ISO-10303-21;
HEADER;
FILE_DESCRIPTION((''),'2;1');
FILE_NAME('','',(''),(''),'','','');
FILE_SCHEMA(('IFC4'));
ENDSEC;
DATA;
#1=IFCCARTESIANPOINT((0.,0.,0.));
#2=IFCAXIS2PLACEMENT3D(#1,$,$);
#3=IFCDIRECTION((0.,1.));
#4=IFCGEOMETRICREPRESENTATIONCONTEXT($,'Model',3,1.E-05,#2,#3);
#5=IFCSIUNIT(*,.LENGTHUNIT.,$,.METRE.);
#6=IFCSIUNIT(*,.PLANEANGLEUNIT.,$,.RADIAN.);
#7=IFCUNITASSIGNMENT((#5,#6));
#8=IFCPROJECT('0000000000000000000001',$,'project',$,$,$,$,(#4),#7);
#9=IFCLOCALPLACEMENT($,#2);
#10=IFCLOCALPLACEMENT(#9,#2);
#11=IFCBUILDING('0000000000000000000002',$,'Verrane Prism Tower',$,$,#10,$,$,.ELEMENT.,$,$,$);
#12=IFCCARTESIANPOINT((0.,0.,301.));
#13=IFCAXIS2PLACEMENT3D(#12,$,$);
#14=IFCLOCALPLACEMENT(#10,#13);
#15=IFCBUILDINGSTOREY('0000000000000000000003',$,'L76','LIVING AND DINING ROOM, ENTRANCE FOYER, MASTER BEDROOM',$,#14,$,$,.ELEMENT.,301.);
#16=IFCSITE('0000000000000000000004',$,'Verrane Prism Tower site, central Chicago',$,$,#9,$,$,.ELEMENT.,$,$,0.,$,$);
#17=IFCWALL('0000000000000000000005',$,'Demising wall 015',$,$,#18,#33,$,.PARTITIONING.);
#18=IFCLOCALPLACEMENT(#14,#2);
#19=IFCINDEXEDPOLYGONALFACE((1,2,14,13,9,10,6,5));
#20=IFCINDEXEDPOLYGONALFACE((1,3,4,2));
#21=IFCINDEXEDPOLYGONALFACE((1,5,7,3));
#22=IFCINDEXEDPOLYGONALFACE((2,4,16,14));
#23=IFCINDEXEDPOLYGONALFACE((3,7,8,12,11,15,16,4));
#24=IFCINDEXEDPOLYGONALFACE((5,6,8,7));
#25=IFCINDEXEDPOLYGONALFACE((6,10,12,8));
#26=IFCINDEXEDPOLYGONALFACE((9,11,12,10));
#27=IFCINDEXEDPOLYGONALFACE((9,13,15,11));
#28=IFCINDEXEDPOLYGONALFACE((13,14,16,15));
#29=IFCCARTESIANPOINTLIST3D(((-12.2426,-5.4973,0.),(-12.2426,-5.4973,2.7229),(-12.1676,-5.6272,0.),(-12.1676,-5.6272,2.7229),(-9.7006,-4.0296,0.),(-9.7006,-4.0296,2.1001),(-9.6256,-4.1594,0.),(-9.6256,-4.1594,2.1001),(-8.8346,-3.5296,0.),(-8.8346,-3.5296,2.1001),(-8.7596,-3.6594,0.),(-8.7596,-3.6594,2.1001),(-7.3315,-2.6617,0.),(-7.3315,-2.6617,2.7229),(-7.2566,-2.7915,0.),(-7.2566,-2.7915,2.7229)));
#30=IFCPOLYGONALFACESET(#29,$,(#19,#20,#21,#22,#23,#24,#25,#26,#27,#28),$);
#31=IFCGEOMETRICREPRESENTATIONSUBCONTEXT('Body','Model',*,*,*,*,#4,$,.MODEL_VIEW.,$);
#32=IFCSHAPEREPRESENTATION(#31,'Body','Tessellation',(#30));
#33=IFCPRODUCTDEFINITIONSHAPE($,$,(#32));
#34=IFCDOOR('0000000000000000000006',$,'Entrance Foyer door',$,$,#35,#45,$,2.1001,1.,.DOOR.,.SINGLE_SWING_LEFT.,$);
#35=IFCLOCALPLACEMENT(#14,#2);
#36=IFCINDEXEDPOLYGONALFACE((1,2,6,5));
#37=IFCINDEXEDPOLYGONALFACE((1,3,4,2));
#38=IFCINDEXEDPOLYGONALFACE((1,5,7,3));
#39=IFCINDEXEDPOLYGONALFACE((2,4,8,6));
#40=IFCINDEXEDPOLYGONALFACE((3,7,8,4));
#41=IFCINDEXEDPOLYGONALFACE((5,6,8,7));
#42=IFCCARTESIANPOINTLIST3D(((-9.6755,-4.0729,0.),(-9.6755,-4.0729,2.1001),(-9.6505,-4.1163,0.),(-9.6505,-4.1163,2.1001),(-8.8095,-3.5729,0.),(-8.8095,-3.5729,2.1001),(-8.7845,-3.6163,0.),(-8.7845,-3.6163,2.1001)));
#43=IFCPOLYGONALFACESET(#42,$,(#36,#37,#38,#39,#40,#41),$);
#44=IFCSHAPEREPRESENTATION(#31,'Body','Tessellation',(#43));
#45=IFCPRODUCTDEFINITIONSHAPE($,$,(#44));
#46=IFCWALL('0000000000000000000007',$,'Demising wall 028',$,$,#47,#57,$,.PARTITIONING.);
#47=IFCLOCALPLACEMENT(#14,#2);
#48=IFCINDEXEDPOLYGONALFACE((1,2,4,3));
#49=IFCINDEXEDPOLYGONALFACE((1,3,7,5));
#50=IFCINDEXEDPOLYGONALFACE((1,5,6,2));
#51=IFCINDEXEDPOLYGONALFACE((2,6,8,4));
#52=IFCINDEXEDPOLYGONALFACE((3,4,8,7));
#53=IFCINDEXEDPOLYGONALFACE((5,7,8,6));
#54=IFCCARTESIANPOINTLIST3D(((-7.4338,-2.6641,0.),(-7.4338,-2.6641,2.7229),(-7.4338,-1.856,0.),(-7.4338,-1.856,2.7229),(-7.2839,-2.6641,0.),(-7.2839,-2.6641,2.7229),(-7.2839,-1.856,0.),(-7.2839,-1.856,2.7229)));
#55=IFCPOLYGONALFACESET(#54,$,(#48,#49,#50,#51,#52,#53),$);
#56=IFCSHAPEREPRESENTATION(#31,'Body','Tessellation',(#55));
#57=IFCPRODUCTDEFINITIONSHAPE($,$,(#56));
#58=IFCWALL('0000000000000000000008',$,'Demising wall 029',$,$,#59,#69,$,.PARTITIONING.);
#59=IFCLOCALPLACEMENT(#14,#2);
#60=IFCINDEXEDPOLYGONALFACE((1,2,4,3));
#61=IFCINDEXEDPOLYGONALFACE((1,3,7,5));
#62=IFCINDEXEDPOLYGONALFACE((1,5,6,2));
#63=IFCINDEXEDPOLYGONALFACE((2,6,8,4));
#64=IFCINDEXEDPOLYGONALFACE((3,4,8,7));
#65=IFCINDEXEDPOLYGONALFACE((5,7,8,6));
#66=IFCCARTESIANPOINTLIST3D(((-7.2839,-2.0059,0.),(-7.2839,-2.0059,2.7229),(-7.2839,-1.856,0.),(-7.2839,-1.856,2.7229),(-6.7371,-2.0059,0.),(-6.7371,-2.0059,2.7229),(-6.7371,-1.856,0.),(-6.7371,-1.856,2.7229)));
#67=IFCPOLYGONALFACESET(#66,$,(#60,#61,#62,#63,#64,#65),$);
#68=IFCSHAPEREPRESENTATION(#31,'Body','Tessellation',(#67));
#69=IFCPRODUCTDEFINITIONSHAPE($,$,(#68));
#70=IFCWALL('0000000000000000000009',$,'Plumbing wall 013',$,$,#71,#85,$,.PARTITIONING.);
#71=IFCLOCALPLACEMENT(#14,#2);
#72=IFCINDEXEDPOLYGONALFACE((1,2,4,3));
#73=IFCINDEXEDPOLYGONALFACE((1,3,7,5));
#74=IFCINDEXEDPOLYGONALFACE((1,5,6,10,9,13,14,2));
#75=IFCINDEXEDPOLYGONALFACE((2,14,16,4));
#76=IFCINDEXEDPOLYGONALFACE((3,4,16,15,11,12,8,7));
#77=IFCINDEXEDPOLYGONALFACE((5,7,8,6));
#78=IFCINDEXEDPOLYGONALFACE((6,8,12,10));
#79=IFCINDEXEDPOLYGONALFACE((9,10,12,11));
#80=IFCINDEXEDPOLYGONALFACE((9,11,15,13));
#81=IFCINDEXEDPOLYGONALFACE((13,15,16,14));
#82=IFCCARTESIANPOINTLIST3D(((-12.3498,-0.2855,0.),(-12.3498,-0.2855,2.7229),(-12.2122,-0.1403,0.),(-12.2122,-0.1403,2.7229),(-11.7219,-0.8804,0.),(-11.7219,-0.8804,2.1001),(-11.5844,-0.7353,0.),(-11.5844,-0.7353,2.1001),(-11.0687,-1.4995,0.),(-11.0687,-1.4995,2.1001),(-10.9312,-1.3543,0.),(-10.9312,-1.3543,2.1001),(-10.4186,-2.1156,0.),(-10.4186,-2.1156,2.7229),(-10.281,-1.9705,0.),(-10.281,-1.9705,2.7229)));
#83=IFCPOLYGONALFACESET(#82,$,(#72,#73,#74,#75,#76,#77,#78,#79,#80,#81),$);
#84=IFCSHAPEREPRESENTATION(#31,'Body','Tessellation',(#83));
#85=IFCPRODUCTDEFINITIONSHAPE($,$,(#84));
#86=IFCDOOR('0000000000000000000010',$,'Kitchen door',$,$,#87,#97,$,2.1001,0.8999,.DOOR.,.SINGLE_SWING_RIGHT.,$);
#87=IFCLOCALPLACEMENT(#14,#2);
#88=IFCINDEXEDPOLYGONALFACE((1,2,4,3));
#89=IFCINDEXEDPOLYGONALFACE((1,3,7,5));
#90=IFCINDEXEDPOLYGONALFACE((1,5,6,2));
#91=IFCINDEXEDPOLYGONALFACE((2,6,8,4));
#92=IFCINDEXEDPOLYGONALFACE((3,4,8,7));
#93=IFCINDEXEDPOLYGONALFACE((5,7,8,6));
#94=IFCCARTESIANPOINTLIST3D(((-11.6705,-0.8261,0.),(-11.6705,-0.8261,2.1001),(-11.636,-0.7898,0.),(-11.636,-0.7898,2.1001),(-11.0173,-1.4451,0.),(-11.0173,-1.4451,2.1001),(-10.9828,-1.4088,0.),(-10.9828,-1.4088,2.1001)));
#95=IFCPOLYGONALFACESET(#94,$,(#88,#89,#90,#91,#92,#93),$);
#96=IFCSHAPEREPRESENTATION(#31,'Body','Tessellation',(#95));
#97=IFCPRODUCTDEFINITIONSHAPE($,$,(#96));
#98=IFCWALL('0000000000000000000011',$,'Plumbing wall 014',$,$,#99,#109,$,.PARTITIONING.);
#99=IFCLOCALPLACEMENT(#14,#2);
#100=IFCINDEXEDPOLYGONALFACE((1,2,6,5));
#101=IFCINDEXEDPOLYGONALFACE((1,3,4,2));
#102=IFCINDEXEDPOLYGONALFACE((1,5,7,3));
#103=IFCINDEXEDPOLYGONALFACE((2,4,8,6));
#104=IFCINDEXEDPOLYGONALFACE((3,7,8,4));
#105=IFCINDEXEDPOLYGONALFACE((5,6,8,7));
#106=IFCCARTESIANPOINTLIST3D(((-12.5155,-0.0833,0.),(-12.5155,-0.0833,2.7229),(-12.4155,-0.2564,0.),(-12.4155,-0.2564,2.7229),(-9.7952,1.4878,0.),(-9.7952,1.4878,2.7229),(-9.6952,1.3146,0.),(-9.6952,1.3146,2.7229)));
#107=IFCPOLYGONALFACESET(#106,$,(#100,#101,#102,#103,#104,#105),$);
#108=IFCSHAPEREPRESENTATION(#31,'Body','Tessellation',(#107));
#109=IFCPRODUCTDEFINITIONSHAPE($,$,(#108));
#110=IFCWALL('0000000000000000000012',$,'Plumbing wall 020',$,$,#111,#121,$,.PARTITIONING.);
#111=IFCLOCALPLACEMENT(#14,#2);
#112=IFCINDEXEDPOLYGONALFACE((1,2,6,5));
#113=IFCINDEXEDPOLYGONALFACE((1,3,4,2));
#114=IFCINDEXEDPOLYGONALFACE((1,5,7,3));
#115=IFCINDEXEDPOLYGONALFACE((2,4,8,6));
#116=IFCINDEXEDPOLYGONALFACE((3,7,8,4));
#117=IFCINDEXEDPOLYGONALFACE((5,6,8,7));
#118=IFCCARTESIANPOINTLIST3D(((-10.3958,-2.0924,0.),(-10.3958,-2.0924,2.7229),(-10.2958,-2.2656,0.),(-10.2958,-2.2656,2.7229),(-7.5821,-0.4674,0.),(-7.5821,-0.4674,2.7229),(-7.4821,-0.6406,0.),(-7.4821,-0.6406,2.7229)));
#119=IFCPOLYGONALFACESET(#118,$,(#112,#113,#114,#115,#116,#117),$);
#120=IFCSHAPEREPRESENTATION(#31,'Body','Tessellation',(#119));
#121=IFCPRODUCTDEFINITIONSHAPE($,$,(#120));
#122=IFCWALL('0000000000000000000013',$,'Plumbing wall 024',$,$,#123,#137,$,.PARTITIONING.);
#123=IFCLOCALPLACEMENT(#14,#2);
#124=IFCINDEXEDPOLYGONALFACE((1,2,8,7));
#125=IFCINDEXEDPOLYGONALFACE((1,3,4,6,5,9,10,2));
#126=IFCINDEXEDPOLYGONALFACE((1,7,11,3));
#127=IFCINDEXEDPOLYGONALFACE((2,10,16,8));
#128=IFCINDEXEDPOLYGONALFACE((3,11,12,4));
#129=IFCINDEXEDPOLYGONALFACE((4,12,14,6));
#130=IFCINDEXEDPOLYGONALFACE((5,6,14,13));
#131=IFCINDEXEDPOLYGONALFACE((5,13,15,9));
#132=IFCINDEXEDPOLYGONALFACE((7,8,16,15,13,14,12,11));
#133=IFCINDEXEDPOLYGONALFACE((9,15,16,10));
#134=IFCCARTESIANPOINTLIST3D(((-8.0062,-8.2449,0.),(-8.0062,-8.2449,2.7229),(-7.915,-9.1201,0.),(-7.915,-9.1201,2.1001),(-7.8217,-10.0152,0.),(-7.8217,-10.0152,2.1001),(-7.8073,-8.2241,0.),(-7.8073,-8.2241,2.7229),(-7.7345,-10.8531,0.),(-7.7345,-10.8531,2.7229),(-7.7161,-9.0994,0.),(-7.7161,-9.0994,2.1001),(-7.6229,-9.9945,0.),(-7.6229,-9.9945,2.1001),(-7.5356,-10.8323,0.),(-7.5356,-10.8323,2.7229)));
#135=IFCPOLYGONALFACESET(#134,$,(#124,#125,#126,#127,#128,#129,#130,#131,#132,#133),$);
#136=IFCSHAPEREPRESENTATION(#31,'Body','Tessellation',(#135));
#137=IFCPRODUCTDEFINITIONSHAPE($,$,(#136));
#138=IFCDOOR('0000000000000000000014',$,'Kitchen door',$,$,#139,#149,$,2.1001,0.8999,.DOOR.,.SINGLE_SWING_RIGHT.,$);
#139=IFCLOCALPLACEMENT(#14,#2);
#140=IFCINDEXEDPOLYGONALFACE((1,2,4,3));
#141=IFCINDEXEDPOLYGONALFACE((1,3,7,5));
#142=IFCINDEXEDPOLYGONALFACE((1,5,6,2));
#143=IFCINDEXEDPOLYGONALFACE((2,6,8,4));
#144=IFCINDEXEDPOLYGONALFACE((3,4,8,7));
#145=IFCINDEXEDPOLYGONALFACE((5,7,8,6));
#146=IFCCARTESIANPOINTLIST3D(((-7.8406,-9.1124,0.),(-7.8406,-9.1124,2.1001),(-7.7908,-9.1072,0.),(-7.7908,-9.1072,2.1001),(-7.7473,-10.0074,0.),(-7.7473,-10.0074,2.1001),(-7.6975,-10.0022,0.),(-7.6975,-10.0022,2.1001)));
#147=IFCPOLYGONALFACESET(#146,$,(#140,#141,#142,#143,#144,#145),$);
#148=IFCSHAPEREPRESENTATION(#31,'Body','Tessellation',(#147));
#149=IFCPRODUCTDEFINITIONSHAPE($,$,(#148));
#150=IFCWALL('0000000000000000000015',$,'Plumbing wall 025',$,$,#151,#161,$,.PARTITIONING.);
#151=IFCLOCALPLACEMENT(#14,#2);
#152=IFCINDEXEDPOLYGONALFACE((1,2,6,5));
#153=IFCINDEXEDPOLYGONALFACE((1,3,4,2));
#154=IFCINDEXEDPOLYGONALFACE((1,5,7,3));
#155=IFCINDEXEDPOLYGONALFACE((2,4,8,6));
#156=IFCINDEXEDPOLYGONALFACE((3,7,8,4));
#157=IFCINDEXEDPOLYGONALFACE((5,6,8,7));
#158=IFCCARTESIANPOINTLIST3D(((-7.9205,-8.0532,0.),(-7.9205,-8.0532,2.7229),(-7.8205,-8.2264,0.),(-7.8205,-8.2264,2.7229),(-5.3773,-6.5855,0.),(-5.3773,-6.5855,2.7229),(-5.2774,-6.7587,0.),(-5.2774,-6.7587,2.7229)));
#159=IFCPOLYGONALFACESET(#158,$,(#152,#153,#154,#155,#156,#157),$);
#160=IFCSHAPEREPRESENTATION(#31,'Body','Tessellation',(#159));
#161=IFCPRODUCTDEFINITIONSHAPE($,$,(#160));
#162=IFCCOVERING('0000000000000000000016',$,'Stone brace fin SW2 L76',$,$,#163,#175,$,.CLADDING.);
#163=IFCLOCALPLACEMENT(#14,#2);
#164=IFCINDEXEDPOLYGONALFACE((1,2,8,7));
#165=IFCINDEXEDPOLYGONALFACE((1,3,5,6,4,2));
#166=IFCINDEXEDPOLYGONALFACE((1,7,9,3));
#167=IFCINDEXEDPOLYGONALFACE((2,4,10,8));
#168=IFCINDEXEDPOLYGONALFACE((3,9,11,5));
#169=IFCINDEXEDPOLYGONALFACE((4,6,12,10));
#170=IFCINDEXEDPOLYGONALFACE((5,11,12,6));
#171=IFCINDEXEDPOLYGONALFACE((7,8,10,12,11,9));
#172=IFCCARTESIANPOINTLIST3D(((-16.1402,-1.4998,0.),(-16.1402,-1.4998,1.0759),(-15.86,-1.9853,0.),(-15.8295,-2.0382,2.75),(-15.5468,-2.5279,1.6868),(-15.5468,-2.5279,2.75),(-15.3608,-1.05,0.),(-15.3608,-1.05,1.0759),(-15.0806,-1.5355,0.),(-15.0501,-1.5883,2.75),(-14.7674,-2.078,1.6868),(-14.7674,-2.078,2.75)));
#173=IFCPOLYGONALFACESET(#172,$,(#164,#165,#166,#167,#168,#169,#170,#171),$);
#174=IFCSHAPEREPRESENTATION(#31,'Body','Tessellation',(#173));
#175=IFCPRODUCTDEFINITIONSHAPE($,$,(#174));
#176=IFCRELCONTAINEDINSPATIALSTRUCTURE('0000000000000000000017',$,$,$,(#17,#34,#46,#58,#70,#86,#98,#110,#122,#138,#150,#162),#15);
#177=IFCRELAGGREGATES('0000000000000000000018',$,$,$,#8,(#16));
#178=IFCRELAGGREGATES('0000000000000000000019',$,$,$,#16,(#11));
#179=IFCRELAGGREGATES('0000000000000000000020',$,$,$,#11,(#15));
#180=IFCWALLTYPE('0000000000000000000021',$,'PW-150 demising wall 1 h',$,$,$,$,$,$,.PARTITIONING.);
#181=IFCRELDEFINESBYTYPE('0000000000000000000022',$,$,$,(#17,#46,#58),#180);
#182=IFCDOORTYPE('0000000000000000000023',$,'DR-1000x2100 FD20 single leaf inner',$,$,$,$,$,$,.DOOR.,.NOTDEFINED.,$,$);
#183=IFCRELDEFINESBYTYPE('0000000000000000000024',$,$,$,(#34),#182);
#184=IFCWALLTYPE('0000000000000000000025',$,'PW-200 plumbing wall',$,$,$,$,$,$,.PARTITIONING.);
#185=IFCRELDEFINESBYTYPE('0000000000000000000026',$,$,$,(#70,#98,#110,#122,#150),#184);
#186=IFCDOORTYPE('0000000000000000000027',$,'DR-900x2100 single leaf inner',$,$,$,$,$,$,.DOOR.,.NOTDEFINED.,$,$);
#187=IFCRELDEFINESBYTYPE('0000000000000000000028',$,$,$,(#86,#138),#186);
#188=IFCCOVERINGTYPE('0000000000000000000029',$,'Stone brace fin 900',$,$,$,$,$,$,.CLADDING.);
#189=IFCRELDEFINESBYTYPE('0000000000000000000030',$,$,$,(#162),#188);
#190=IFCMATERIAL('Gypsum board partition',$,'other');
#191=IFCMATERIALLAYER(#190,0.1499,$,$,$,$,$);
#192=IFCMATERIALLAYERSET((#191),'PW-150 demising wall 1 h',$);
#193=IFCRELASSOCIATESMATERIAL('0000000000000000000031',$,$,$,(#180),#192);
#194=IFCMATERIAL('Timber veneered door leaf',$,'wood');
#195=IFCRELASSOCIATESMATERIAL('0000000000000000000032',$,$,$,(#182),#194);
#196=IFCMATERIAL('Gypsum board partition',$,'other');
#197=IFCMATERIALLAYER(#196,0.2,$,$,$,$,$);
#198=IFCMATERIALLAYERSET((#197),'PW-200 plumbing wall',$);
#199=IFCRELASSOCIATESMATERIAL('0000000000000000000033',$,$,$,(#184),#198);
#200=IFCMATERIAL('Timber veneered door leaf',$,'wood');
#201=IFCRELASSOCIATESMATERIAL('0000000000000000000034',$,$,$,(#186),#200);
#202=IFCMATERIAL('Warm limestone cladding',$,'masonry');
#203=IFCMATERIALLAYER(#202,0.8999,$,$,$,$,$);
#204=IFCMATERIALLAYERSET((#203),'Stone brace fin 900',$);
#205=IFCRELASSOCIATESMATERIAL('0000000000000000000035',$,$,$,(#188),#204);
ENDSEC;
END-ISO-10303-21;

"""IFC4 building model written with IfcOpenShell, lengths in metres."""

from ifc_helpers import new_model, si_unit, direction, frame, frame_2d, origin, place, context, subcontext, project, spatial, polyline, rectangle, outline, extrude, material, layer, layer_set, type_object, element, fill, save


model = new_model("IFC4")

# Units and contexts
model_context = context("Model", 3, precision=1e-05, world=origin(), true_north=direction((0.0, 1.0)))
body_context = subcontext(model_context, "Body", "Model", "MODEL_VIEW")
ifc_project = project(units=[si_unit("LENGTHUNIT", "METRE"), si_unit("PLANEANGLEUNIT", "RADIAN")], contexts=[model_context])

# Site, building, storey
site_placement = place(None, origin())
site = spatial("IfcSite", under=ifc_project, at=site_placement, Name="Verrane Prism Tower site, central Chicago", CompositionType="ELEMENT", RefElevation=0.0)
building_placement = place(site_placement, origin())
building = spatial("IfcBuilding", under=site, at=building_placement, Name="Verrane Prism Tower", CompositionType="ELEMENT")
storey_placement = place(building_placement, frame((0.0, 0.0, 301.0)))
storey = spatial("IfcBuildingStorey", under=building, at=storey_placement, Name="L76", Description="LIVING AND DINING ROOM, ENTRANCE FOYER, MASTER BEDROOM", CompositionType="ELEMENT", Elevation=301.0)

# Wall, opening, door
ifc_material_1 = material(Name="Gypsum board partition", Category="other")
ifc_layer_1 = layer(ifc_material_1, 0.1499)
ifc_layer_set_1 = layer_set([ifc_layer_1], Name="PW-150 demising wall 1 h")
wall_type_1 = type_object("IfcWallType", Name="PW-150 demising wall 1 h", PredefinedType="PARTITIONING", material=ifc_layer_set_1)
wall_1_placement = place(storey_placement, frame((-12.2051, -5.5623, 0.0), z_axis=(0.0, 0.0, 1.0), x_axis=(0.866006, 0.500033, 0.0)))
wall_1 = element("IfcWall", 1, at=wall_1_placement, inside=storey, type_object=wall_type_1, Name="Demising wall 015", PredefinedType="PARTITIONING", context=body_context, shape_type="SweptSolid", body=[
    extrude(rectangle(XDim=5.6709, YDim=0.1499, at=frame_2d((2.8354, 0.0))), origin(), (0.0, 0.0, 1.0), 2.7229),
])
opening_1_placement = place(wall_1_placement, frame((2.9353, 0.0, 0.0)))
opening_1 = element("IfcOpeningElement", 2, at=opening_1_placement, cuts=wall_1, PredefinedType="OPENING", context=body_context, shape_type="SweptSolid", body=[
    extrude(rectangle(XDim=1.0, YDim=2.1001, at=frame_2d((0.5, 1.05))), frame((0.0, 0.085, 0.0), z_axis=(0.0, -1.0, 0.0), x_axis=(1.0, 0.0, 0.0)), (0.0, 0.0, 1.0), 0.1699),
])
ifc_material_2 = material(Name="Timber veneered door leaf", Category="wood")
door_type_1 = type_object("IfcDoorType", Name="DR-1000x2100 FD20 single leaf inner", OperationType="NOTDEFINED", PredefinedType="DOOR", material=ifc_material_2)
door_1_placement = place(opening_1_placement, origin())
door_1 = element("IfcDoor", 3, at=door_1_placement, inside=storey, type_object=door_type_1, Name="Entrance Foyer door", OperationType="SINGLE_SWING_LEFT", OverallHeight=2.1001, OverallWidth=1.0, PredefinedType="DOOR", context=body_context, shape_type="SweptSolid", body=[
    extrude(rectangle(XDim=1.0, YDim=2.1001, at=frame_2d((0.5, 1.05))), frame((0.0, 0.0249, 0.0), z_axis=(0.0, -1.0, 0.0), x_axis=(1.0, 0.0, 0.0)), (0.0, 0.0, 1.0), 0.05),
])
fill(opening_1, door_1)

# Walls
wall_2_placement = place(storey_placement, frame((-7.3589, -2.6641, 0.0), z_axis=(0.0, 0.0, 1.0), x_axis=(0.0, 1.0, 0.0)))
element("IfcWall", 4, at=wall_2_placement, inside=storey, type_object=wall_type_1, Name="Demising wall 028", PredefinedType="PARTITIONING", context=body_context, shape_type="SweptSolid", body=[
    extrude(rectangle(XDim=0.8081, YDim=0.1499, at=frame_2d((0.4041, 0.0))), origin(), (0.0, 0.0, 1.0), 2.7229),
])
wall_3_placement = place(storey_placement, frame((-7.2839, -1.9309, 0.0), z_axis=(0.0, 0.0, 1.0), x_axis=(1.0, 0.0, 0.0)))
element("IfcWall", 5, at=wall_3_placement, inside=storey, type_object=wall_type_1, Name="Demising wall 029", PredefinedType="PARTITIONING", context=body_context, shape_type="SweptSolid", body=[
    extrude(rectangle(XDim=0.5469, YDim=0.1499, at=frame_2d((0.2734, 0.0))), origin(), (0.0, 0.0, 1.0), 2.7229),
])

# Wall, opening, door
ifc_material_3 = material(Name="Gypsum board partition", Category="other")
ifc_layer_2 = layer(ifc_material_3, 0.2)
ifc_layer_set_2 = layer_set([ifc_layer_2], Name="PW-200 plumbing wall")
wall_type_2 = type_object("IfcWallType", Name="PW-200 plumbing wall", PredefinedType="PARTITIONING", material=ifc_layer_set_2)
wall_4_placement = place(storey_placement, frame((-12.281, -0.2129, 0.0), z_axis=(0.0, 0.0, 1.0), x_axis=(0.725847, -0.687857, 0.0)))
wall_4 = element("IfcWall", 6, at=wall_4_placement, inside=storey, type_object=wall_type_2, Name="Plumbing wall 013", PredefinedType="PARTITIONING", context=body_context, shape_type="SweptSolid", body=[
    extrude(rectangle(XDim=2.6606, YDim=0.2, at=frame_2d((1.3303, 0.0))), origin(), (0.0, 0.0, 1.0), 2.7229),
])
opening_2_placement = place(wall_4_placement, frame((0.865, 0.0, 0.0)))
opening_2 = element("IfcOpeningElement", 7, at=opening_2_placement, cuts=wall_4, PredefinedType="OPENING", context=body_context, shape_type="SweptSolid", body=[
    extrude(rectangle(XDim=0.8999, YDim=2.1001, at=frame_2d((0.45, 1.05))), frame((0.0, 0.1099, 0.0), z_axis=(0.0, -1.0, 0.0), x_axis=(1.0, 0.0, 0.0)), (0.0, 0.0, 1.0), 0.22),
])
ifc_material_4 = material(Name="Timber veneered door leaf", Category="wood")
door_type_2 = type_object("IfcDoorType", Name="DR-900x2100 single leaf inner", OperationType="NOTDEFINED", PredefinedType="DOOR", material=ifc_material_4)
door_2_placement = place(opening_2_placement, origin())
door_2 = element("IfcDoor", 8, at=door_2_placement, inside=storey, type_object=door_type_2, Name="Kitchen door", OperationType="SINGLE_SWING_RIGHT", OverallHeight=2.1001, OverallWidth=0.8999, PredefinedType="DOOR", context=body_context, shape_type="SweptSolid", body=[
    extrude(rectangle(XDim=0.8999, YDim=2.1001, at=frame_2d((0.45, 1.05))), frame((0.0, 0.0249, 0.0), z_axis=(0.0, -1.0, 0.0), x_axis=(1.0, 0.0, 0.0)), (0.0, 0.0, 1.0), 0.05),
])
fill(opening_2, door_2)

# Walls
wall_5_placement = place(storey_placement, frame((-12.4656, -0.1699, 0.0), z_axis=(0.0, 0.0, 1.0), x_axis=(0.865953, 0.500126, 0.0)))
element("IfcWall", 9, at=wall_5_placement, inside=storey, type_object=wall_type_2, Name="Plumbing wall 014", PredefinedType="PARTITIONING", context=body_context, shape_type="SweptSolid", body=[
    extrude(rectangle(XDim=3.1414, YDim=0.2, at=frame_2d((1.5708, 0.0))), origin(), (0.0, 0.0, 1.0), 2.7229),
])
wall_6_placement = place(storey_placement, frame((-10.3457, -2.179, 0.0), z_axis=(0.0, 0.0, 1.0), x_axis=(0.865959, 0.500115, 0.0)))
element("IfcWall", 10, at=wall_6_placement, inside=storey, type_object=wall_type_2, Name="Plumbing wall 020", PredefinedType="PARTITIONING", context=body_context, shape_type="SweptSolid", body=[
    extrude(rectangle(XDim=3.2493, YDim=0.2, at=frame_2d((1.6245, 0.0))), origin(), (0.0, 0.0, 1.0), 2.7229),
])

# Wall, opening, door
wall_7_placement = place(storey_placement, frame((-7.9067, -8.2346, 0.0), z_axis=(0.0, 0.0, 1.0), x_axis=(0.103623, -0.994617, 0.0)))
wall_7 = element("IfcWall", 11, at=wall_7_placement, inside=storey, type_object=wall_type_2, Name="Plumbing wall 024", PredefinedType="PARTITIONING", context=body_context, shape_type="SweptSolid", body=[
    extrude(rectangle(XDim=2.6223, YDim=0.2, at=frame_2d((1.311, 0.0))), origin(), (0.0, 0.0, 1.0), 2.7229),
])
opening_3_placement = place(wall_7_placement, frame((0.8799, 0.0, 0.0)))
opening_3 = element("IfcOpeningElement", 12, at=opening_3_placement, cuts=wall_7, PredefinedType="OPENING", context=body_context, shape_type="SweptSolid", body=[
    extrude(rectangle(XDim=0.8999, YDim=2.1001, at=frame_2d((0.45, 1.05))), frame((0.0, 0.1099, 0.0), z_axis=(0.0, -1.0, 0.0), x_axis=(1.0, 0.0, 0.0)), (0.0, 0.0, 1.0), 0.22),
])
door_3_placement = place(opening_3_placement, origin())
door_3 = element("IfcDoor", 13, at=door_3_placement, inside=storey, type_object=door_type_2, Name="Kitchen door", OperationType="SINGLE_SWING_RIGHT", OverallHeight=2.1001, OverallWidth=0.8999, PredefinedType="DOOR", context=body_context, shape_type="SweptSolid", body=[
    extrude(rectangle(XDim=0.8999, YDim=2.1001, at=frame_2d((0.45, 1.05))), frame((0.0, 0.0249, 0.0), z_axis=(0.0, -1.0, 0.0), x_axis=(1.0, 0.0, 0.0)), (0.0, 0.0, 1.0), 0.05),
])
fill(opening_3, door_3)

# Wall
wall_8_placement = place(storey_placement, frame((-7.8706, -8.1399, 0.0), z_axis=(0.0, 0.0, 1.0), x_axis=(0.866107, 0.499859, 0.0)))
element("IfcWall", 14, at=wall_8_placement, inside=storey, type_object=wall_type_2, Name="Plumbing wall 025", PredefinedType="PARTITIONING", context=body_context, shape_type="SweptSolid", body=[
    extrude(rectangle(XDim=2.9363, YDim=0.2, at=frame_2d((1.4683, 0.0))), origin(), (0.0, 0.0, 1.0), 2.7229),
])

# Covering
ifc_material_5 = material(Name="Warm limestone cladding", Category="masonry")
ifc_layer_3 = layer(ifc_material_5, 0.8999)
ifc_layer_set_3 = layer_set([ifc_layer_3], Name="Stone brace fin 900")
covering_type = type_object("IfcCoveringType", Name="Stone brace fin 900", PredefinedType="CLADDING", material=ifc_layer_set_3)
covering_placement = place(storey_placement, frame((-15.7505, -1.2749, 0.0), z_axis=(0.0, 0.0, 1.0), x_axis=(0.499901, -0.866083, 0.0)))
element("IfcCovering", 15, at=covering_placement, inside=storey, type_object=covering_type, Name="Stone brace fin SW2 L76", PredefinedType="CLADDING", context=body_context, shape_type="SweptSolid", body=[
    extrude(outline(polyline([(1.187, 2.75), (0.6216, 2.75), (0.0, 1.0759), (0.0, 0.0), (0.5605, 0.0), (1.187, 1.6868), (1.187, 2.75)])), frame((0.0, 0.45, 0.0), z_axis=(0.0, -1.0, 0.0), x_axis=(1.0, 0.0, 0.0)), (0.0, 0.0, 1.0), 0.8999),
])

save(model, "model.ifc")
